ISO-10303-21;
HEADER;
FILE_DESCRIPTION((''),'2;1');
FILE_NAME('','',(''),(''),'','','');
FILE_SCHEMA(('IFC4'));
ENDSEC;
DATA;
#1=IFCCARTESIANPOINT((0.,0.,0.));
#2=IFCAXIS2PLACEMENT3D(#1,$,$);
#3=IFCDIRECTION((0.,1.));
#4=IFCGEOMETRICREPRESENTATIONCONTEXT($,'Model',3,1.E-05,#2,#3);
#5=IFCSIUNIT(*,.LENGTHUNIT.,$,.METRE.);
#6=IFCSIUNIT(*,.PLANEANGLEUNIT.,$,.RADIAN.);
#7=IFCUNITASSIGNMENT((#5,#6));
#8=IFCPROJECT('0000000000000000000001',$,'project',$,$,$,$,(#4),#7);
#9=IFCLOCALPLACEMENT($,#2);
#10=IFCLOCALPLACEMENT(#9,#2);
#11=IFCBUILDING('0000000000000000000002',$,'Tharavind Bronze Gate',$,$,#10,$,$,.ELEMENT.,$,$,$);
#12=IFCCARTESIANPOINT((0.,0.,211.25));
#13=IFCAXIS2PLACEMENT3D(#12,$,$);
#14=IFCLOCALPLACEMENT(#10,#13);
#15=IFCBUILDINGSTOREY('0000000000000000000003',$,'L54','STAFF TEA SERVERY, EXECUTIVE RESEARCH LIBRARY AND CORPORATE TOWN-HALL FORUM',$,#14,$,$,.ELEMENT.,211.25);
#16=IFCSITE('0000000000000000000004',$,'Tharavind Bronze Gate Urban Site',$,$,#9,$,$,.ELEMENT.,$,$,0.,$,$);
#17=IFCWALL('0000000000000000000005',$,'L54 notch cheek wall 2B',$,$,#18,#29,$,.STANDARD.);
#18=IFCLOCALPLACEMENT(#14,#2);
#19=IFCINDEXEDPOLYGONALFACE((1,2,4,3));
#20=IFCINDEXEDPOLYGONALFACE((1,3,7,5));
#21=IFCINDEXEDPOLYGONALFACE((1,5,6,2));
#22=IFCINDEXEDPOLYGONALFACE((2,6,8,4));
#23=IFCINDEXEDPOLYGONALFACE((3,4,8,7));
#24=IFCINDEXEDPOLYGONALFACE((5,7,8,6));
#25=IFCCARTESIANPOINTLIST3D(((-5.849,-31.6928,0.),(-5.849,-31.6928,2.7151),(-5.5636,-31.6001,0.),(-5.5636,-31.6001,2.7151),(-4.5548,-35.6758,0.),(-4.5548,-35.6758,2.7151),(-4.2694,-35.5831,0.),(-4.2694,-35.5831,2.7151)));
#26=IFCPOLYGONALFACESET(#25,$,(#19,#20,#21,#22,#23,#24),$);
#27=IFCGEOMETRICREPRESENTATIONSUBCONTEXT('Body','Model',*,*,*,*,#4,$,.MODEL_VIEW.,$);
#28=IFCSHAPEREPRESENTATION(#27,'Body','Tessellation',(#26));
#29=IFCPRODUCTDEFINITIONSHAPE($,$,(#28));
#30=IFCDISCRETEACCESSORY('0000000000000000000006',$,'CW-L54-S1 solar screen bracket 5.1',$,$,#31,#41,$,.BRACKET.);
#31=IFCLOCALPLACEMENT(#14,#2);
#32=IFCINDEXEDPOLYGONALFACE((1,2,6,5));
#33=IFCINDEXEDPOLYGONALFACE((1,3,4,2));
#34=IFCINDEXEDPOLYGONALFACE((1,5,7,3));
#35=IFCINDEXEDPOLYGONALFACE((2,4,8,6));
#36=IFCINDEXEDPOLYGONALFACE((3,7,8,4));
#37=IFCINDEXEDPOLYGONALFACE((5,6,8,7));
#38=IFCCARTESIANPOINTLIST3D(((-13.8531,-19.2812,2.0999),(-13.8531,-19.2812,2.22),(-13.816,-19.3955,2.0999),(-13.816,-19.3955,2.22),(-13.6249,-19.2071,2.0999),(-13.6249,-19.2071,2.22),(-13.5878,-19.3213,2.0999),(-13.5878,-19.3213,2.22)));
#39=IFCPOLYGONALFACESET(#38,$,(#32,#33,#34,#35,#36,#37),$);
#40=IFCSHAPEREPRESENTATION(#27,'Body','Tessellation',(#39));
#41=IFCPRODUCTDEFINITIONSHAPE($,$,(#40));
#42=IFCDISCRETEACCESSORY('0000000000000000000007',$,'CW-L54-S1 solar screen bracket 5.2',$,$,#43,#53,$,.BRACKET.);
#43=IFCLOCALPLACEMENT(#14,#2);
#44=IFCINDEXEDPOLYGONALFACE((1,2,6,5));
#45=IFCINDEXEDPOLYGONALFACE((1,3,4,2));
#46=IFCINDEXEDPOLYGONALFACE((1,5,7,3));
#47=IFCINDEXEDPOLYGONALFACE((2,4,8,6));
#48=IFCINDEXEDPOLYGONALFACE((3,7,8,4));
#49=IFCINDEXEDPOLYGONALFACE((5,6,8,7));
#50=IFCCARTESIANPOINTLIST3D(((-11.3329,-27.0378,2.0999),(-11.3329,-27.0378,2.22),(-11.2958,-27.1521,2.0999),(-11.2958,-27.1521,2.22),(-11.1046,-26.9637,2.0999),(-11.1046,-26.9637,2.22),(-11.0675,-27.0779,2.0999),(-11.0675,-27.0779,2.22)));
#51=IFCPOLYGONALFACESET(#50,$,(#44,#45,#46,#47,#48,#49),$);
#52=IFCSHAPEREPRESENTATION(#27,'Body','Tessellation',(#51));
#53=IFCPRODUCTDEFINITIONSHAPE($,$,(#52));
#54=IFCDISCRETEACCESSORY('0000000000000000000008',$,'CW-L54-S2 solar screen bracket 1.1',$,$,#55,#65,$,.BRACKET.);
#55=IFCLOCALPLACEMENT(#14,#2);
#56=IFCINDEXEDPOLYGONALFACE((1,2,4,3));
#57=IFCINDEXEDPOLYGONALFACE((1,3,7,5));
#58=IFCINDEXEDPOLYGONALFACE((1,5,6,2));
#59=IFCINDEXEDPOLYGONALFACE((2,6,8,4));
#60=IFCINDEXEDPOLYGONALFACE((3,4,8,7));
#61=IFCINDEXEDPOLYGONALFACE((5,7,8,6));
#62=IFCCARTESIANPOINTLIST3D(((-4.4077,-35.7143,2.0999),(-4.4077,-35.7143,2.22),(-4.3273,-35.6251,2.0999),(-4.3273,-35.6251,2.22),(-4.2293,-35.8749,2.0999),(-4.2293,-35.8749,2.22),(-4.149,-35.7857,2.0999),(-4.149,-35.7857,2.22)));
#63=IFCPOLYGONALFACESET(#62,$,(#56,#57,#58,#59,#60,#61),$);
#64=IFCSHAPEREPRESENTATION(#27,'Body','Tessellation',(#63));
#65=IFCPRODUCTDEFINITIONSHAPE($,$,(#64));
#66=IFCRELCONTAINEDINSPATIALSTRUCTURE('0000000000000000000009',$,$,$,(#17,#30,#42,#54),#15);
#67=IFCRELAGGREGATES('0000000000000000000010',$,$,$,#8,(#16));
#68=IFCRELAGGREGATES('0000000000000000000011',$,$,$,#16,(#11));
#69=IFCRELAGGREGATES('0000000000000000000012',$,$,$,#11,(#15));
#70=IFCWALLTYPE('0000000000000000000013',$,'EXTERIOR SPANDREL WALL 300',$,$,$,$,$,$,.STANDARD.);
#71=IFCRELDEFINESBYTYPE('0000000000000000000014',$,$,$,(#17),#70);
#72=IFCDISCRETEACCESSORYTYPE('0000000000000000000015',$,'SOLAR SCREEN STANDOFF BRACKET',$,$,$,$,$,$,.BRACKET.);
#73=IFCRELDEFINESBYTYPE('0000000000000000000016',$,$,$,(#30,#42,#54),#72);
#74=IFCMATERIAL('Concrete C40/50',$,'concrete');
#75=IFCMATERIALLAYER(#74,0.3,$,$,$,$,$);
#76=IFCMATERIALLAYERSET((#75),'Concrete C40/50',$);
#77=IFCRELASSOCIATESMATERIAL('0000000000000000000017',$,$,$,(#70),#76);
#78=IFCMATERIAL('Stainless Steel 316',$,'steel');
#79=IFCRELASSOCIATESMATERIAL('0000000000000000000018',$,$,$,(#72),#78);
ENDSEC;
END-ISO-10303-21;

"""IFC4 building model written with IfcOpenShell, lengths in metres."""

from ifc_helpers import new_model, si_unit, direction, frame, frame_2d, origin, origin_2d, place, context, subcontext, project, spatial, rectangle, extrude, material, layer, layer_set, type_object, element, save


model = new_model("IFC4")

# Units and contexts
model_context = context("Model", 3, precision=1e-05, world=origin(), true_north=direction((0.0, 1.0)))
body_context = subcontext(model_context, "Body", "Model", "MODEL_VIEW")
ifc_project = project(units=[si_unit("LENGTHUNIT", "METRE"), si_unit("PLANEANGLEUNIT", "RADIAN")], contexts=[model_context])

# Site, building, storey
site_placement = place(None, origin())
site = spatial("IfcSite", under=ifc_project, at=site_placement, Name="Tharavind Bronze Gate Urban Site", CompositionType="ELEMENT", RefElevation=0.0)
building_placement = place(site_placement, origin())
building = spatial("IfcBuilding", under=site, at=building_placement, Name="Tharavind Bronze Gate", CompositionType="ELEMENT")
storey_placement = place(building_placement, frame((0.0, 0.0, 211.25)))
storey = spatial("IfcBuildingStorey", under=building, at=storey_placement, Name="L54", Description="STAFF TEA SERVERY, EXECUTIVE RESEARCH LIBRARY AND CORPORATE TOWN-HALL FORUM", CompositionType="ELEMENT", Elevation=211.25)

# Wall
ifc_material_1 = material(Name="Concrete C40/50", Category="concrete")
ifc_layer_1 = layer(ifc_material_1, 0.3)
ifc_layer_set_1 = layer_set([ifc_layer_1], Name="Concrete C40/50")
wall_type = type_object("IfcWallType", Name="EXTERIOR SPANDREL WALL 300", PredefinedType="STANDARD", material=ifc_layer_set_1)
wall_1_placement = place(storey_placement, frame((-5.7063, -31.6465, 0.0), z_axis=(0.0, 0.0, 1.0), x_axis=(0.309031, -0.951052, 0.0)))
element("IfcWall", 1, at=wall_1_placement, inside=storey, type_object=wall_type, Name="L54 notch cheek wall 2B", PredefinedType="STANDARD", context=body_context, shape_type="SweptSolid", body=[
    extrude(rectangle(XDim=4.188, YDim=0.3, at=frame_2d((2.094, 0.0))), origin(), (0.0, 0.0, 1.0), 2.7151),
])

# Discrete accessories
ifc_material_2 = material(Name="Stainless Steel 316", Category="steel")
discrete_accessory_type = type_object("IfcDiscreteAccessoryType", Name="SOLAR SCREEN STANDOFF BRACKET", PredefinedType="BRACKET", material=ifc_material_2)
for number, where, z_axis, x_axis, name in (
    (2, (-13.7205, -19.3013, 2.0999), (0.0, 0.0, 1.0), (0.309017, -0.951057, 0.0), "CW-L54-S1 solar screen bracket 5.1"),
    (3, (-11.2002, -27.0579, 2.0999), (0.0, 0.0, 1.0), (0.309017, -0.951057, 0.0), "CW-L54-S1 solar screen bracket 5.2"),
    (4, (-4.2783, -35.75, 2.0999), (0.0, 0.0, 1.0), (0.669131, 0.743145, 0.0), "CW-L54-S2 solar screen bracket 1.1"),
):
    element("IfcDiscreteAccessory", number, at=place(storey_placement, frame(where, z_axis=z_axis, x_axis=x_axis)), inside=storey, type_object=discrete_accessory_type, Name=name, PredefinedType="BRACKET", context=body_context, shape_type="SweptSolid", body=[
        extrude(rectangle(XDim=0.1201, YDim=0.24, at=origin_2d()), origin(), (0.0, 0.0, 1.0), 0.1201),
    ])

save(model, "model.ifc")
